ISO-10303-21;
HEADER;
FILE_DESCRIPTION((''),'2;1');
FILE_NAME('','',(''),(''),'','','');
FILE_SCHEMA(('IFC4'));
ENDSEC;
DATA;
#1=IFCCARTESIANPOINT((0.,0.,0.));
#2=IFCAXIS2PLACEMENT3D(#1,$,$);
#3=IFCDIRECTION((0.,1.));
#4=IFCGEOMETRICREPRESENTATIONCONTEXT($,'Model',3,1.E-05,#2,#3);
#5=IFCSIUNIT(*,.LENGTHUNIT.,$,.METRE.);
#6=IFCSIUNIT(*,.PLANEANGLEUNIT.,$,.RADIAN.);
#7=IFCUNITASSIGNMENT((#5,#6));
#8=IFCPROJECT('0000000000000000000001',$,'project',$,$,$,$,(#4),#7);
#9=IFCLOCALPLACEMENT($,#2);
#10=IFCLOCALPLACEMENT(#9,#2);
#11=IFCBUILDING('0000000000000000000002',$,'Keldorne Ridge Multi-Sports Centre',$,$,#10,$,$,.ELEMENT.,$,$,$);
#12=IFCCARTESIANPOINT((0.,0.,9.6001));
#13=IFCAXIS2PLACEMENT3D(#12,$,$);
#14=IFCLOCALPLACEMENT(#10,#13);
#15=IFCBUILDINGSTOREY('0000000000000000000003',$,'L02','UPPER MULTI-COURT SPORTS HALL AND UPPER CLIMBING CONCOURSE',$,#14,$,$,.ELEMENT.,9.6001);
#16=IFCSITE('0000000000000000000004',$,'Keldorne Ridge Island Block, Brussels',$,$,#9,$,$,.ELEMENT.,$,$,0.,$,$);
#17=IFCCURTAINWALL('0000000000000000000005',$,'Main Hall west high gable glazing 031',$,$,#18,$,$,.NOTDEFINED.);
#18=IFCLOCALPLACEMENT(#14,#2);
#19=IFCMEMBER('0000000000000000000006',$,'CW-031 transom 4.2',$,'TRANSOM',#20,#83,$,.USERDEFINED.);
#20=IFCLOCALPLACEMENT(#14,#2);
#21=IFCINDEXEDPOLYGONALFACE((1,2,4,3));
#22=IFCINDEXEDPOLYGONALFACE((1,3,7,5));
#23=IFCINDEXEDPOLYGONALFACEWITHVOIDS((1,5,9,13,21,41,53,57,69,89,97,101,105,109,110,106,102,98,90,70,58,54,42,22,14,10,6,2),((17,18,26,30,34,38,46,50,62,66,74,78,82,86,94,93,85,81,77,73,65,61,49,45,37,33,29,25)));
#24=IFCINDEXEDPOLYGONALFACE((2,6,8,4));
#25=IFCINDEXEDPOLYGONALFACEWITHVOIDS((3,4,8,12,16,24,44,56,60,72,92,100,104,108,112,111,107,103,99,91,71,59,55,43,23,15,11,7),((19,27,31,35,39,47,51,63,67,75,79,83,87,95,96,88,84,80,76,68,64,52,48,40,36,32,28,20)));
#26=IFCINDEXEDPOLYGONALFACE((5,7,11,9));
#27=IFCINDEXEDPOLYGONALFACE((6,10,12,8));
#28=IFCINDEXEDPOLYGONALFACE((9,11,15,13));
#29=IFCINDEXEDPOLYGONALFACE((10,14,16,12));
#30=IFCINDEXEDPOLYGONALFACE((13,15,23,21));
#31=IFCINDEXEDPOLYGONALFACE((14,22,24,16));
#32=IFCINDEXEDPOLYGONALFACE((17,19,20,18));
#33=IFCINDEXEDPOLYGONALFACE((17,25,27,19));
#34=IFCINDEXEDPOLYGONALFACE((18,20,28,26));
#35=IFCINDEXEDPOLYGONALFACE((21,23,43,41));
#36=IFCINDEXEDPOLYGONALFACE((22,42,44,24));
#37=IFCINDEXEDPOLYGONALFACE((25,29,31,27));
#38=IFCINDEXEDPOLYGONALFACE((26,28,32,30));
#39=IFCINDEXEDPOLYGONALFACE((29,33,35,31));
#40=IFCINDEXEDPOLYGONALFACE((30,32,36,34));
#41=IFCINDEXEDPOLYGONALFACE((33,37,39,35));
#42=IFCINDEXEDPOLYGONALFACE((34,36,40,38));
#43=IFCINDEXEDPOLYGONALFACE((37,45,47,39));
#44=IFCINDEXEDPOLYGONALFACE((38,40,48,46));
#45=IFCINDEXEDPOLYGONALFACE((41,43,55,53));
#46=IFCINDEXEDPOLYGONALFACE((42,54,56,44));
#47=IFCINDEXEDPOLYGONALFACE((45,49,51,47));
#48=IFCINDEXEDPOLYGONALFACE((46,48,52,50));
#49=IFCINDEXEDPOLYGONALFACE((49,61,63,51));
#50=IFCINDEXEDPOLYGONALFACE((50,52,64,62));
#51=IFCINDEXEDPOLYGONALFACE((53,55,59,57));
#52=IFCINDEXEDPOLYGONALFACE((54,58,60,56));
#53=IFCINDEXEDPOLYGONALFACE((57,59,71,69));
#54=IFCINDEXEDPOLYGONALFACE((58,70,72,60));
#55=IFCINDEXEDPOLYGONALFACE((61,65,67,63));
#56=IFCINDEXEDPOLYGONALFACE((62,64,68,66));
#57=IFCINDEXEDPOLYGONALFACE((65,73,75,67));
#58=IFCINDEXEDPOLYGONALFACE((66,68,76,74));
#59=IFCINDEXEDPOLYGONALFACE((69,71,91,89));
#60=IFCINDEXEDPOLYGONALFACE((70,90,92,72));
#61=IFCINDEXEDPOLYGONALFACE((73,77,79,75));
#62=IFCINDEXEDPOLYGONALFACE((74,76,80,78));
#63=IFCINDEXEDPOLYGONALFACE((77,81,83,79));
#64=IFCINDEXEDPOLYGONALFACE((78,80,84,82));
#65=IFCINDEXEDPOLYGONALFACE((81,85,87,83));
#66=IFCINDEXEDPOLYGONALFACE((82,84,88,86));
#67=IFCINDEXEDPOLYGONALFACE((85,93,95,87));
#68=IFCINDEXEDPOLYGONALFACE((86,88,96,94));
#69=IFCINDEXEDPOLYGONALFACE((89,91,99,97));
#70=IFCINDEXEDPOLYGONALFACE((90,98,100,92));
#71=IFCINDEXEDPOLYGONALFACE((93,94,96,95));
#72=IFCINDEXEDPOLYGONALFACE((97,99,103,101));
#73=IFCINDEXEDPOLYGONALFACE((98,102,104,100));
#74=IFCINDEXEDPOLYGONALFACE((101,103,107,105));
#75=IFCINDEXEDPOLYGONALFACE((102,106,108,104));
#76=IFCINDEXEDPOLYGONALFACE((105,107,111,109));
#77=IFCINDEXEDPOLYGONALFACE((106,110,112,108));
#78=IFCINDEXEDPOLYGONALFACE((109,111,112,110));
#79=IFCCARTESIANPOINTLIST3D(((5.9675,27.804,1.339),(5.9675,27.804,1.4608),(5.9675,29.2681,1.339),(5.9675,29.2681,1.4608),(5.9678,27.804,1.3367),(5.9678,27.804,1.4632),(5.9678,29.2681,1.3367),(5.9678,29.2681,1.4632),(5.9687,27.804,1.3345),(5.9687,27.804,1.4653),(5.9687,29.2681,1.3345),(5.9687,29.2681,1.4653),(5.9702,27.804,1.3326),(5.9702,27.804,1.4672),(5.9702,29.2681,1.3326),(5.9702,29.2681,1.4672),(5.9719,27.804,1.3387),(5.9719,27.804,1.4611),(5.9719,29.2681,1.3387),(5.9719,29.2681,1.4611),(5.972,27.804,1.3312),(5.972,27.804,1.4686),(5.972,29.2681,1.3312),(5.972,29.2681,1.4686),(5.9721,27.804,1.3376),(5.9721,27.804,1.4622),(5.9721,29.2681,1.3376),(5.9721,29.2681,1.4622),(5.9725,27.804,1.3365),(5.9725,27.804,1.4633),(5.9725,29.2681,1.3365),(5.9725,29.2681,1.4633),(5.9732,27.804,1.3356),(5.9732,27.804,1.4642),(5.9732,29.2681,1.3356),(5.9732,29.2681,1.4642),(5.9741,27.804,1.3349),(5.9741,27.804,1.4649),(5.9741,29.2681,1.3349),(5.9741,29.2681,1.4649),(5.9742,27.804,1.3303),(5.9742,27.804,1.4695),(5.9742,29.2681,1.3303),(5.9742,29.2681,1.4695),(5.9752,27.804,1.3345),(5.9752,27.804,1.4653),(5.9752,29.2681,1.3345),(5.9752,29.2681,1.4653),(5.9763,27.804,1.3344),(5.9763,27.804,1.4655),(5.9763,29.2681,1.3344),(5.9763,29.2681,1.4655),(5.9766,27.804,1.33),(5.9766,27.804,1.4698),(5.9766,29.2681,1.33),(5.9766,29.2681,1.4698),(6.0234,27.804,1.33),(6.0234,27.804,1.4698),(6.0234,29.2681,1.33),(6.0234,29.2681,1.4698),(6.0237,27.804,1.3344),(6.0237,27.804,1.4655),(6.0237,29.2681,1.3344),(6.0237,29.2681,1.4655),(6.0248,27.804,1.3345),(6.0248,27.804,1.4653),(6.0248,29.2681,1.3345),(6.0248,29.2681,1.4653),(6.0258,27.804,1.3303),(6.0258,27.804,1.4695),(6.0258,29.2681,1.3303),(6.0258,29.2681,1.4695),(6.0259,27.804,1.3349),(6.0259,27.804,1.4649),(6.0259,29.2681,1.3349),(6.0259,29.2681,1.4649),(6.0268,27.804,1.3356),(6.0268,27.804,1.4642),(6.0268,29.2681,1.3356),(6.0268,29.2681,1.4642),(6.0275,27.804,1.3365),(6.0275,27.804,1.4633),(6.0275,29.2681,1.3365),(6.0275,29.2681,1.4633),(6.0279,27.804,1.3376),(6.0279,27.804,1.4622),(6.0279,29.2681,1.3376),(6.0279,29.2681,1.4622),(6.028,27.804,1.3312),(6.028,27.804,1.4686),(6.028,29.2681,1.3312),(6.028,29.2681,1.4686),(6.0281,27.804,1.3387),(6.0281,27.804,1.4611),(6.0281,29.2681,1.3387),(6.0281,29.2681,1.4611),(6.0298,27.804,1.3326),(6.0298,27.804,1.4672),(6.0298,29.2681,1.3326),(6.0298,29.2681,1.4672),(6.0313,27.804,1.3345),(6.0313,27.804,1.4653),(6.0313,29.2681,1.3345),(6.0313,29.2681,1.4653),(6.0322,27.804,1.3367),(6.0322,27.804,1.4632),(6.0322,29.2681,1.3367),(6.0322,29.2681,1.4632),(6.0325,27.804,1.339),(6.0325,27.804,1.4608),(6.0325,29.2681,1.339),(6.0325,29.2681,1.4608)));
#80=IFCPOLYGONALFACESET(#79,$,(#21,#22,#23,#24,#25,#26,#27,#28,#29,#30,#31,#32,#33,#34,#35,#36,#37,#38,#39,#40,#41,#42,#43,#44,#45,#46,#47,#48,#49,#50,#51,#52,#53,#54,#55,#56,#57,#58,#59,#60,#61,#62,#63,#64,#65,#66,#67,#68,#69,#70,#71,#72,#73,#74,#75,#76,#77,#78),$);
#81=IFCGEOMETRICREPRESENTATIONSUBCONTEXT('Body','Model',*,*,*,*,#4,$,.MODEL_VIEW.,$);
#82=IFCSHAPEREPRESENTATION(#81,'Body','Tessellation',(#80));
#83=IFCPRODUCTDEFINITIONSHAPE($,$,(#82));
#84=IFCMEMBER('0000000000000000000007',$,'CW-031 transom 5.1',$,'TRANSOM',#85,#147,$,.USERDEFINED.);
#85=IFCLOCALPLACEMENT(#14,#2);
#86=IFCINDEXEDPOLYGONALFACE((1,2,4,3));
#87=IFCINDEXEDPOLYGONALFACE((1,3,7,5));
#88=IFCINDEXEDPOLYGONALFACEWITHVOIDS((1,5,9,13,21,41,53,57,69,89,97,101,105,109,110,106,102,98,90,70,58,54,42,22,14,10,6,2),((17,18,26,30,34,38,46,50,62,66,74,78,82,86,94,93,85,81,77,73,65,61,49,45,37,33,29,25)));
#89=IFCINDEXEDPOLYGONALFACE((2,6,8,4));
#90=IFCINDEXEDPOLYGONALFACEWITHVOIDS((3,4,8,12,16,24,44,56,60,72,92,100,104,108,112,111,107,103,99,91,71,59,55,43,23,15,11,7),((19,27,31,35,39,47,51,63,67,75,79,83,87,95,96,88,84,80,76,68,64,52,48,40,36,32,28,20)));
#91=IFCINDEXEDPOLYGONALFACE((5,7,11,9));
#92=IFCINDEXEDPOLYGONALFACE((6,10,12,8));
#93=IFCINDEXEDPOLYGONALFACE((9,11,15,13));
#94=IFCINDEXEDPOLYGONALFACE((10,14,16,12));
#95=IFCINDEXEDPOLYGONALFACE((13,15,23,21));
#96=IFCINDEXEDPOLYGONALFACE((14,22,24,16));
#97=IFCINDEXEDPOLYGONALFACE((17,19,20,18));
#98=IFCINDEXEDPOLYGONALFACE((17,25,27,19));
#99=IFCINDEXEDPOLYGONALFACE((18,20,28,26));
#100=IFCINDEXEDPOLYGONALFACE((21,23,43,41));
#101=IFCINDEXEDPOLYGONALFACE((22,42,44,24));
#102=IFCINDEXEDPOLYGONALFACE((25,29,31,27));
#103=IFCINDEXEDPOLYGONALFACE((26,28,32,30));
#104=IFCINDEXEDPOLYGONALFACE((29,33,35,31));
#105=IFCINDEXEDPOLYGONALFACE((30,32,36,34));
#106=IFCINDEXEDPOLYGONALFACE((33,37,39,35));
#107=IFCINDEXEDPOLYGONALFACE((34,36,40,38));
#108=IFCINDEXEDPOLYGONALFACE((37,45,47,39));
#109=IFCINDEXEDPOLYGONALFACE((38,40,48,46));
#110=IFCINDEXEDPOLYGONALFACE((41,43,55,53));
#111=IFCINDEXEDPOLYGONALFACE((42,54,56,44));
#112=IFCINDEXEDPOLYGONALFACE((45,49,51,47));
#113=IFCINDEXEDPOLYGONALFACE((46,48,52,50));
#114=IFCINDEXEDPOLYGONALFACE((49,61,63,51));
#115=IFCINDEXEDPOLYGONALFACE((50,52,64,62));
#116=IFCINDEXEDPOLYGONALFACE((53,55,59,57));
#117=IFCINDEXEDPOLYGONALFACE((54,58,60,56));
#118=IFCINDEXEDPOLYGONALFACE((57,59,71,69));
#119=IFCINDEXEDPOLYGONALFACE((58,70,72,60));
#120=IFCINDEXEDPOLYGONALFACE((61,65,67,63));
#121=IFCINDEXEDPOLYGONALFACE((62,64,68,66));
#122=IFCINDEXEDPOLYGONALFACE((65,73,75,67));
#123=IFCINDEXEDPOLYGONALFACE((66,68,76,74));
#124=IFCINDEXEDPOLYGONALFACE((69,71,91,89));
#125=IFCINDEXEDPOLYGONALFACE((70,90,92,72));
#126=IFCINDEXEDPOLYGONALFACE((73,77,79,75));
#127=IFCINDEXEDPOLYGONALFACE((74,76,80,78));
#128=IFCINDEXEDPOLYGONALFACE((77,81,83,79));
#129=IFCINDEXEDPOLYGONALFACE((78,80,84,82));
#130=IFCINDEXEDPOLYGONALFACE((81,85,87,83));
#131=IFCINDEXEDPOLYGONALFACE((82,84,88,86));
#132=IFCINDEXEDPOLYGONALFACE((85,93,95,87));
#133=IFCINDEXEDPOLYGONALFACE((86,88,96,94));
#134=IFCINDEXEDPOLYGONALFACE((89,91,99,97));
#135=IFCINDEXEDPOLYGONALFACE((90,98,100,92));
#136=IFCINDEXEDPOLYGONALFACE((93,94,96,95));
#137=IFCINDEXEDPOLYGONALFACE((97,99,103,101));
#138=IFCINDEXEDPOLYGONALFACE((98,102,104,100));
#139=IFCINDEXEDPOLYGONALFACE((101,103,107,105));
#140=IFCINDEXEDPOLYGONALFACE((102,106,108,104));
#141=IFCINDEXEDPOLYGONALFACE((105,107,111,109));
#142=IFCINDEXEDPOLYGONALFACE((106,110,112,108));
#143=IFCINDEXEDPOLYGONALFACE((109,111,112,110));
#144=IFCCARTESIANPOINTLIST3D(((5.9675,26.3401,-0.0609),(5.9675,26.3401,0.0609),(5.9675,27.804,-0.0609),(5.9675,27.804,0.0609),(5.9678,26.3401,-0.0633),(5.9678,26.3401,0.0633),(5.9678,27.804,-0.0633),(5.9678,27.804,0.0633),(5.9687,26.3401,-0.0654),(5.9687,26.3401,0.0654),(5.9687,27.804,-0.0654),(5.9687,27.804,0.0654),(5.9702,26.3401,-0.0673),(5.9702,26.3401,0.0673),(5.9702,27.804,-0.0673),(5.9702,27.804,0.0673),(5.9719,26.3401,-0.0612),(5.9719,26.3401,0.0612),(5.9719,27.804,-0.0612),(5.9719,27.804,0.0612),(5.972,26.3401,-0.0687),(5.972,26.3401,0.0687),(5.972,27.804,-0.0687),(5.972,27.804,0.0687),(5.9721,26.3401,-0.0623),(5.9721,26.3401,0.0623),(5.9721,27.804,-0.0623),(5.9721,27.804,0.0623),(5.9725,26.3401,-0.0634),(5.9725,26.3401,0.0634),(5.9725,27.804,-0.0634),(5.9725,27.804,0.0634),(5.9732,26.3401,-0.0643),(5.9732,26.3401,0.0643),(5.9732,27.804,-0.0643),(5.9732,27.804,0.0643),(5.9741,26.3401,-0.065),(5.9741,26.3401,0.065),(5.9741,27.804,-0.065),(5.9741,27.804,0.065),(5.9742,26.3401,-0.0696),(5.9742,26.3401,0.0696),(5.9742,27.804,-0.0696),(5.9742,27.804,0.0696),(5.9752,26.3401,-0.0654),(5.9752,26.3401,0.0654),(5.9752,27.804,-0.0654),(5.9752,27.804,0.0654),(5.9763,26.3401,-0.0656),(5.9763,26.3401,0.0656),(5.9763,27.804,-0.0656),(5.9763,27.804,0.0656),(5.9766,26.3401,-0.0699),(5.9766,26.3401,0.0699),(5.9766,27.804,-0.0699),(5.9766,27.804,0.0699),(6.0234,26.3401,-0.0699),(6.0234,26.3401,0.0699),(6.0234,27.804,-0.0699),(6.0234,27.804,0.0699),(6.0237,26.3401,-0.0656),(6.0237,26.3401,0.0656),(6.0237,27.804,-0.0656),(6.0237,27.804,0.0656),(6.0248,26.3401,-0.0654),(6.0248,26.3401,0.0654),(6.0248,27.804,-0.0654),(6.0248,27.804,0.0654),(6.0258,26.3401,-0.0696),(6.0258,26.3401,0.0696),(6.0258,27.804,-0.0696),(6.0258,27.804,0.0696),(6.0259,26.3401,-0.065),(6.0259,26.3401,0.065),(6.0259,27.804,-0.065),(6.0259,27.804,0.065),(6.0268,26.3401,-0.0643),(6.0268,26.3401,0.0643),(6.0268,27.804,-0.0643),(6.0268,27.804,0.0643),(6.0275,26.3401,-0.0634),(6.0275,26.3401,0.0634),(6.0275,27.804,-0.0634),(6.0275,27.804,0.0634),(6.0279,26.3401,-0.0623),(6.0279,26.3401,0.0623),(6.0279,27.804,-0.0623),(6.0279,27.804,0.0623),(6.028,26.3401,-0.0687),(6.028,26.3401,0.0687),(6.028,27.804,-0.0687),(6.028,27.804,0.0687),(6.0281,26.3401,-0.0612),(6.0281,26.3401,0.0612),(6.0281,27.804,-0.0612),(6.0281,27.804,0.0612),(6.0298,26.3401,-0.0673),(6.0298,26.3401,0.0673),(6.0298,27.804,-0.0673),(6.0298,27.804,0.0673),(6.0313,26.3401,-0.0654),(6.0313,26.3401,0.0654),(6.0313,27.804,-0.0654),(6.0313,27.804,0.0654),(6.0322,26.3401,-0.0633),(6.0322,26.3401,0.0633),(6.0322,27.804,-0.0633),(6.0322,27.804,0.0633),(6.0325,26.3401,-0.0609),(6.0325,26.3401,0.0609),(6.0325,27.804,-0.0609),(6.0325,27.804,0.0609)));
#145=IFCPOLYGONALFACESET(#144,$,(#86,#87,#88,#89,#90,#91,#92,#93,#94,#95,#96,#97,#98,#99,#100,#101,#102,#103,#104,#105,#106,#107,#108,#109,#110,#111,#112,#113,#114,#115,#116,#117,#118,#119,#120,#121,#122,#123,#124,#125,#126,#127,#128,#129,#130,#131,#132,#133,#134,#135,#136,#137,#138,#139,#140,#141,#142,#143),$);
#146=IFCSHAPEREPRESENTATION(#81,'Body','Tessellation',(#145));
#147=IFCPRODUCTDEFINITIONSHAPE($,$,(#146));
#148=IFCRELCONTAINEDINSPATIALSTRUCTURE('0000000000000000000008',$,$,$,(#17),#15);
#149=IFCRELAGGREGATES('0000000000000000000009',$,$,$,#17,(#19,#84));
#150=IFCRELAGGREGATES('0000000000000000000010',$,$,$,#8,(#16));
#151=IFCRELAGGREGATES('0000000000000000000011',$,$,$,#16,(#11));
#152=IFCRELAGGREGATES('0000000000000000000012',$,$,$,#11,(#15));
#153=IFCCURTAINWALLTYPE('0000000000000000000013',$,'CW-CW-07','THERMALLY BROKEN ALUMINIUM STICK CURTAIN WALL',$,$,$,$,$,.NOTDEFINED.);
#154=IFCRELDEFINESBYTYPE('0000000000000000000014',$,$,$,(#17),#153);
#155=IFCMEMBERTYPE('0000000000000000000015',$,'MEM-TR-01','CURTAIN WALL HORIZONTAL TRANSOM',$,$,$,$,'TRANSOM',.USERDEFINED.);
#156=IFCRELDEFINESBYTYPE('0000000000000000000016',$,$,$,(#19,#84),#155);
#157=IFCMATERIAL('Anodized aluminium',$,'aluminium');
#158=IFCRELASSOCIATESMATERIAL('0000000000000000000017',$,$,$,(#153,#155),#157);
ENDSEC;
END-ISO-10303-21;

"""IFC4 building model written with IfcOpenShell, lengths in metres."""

from ifc_helpers import new_model, si_unit, direction, frame, origin, origin_2d, place, context, subcontext, project, spatial, hollow_rectangle, extrude, material, material_profile, profile_set, type_object, element, aggregate, save


model = new_model("IFC4")

# Units and contexts
model_context = context("Model", 3, precision=1e-05, world=origin(), true_north=direction((0.0, 1.0)))
body_context = subcontext(model_context, "Body", "Model", "MODEL_VIEW")
ifc_project = project(units=[si_unit("LENGTHUNIT", "METRE"), si_unit("PLANEANGLEUNIT", "RADIAN")], contexts=[model_context])

# Site, building, storey
site_placement = place(None, origin())
site = spatial("IfcSite", under=ifc_project, at=site_placement, Name="Keldorne Ridge Island Block, Brussels", CompositionType="ELEMENT", RefElevation=0.0)
building_placement = place(site_placement, origin())
building = spatial("IfcBuilding", under=site, at=building_placement, Name="Keldorne Ridge Multi-Sports Centre", CompositionType="ELEMENT")
storey_placement = place(building_placement, frame((0.0, 0.0, 9.6001)))
storey = spatial("IfcBuildingStorey", under=building, at=storey_placement, Name="L02", Description="UPPER MULTI-COURT SPORTS HALL AND UPPER CLIMBING CONCOURSE", CompositionType="ELEMENT", Elevation=9.6001)

# Curtain wall
ifc_material_1 = material(Name="Anodized aluminium", Category="aluminium")
curtain_wall_type_1 = type_object("IfcCurtainWallType", Name="CW-CW-07", Description="THERMALLY BROKEN ALUMINIUM STICK CURTAIN WALL", PredefinedType="NOTDEFINED", material=ifc_material_1)
curtain_wall_1_placement = place(storey_placement, origin())
curtain_wall_1 = element("IfcCurtainWall", 1, at=curtain_wall_1_placement, inside=storey, type_object=curtain_wall_type_1, Name="Main Hall west high gable glazing 031", PredefinedType="NOTDEFINED")

# Members
ifc_material_profile_1 = material_profile(ifc_material_1, hollow_rectangle(XDim=0.0649, YDim=0.1399, WallThickness=0.0044, InnerFilletRadius=0.0044, OuterFilletRadius=0.009, at=origin_2d()), Name="ALU TRANSOM 140x65x4.5")
ifc_profile_set_1 = profile_set([ifc_material_profile_1], Name="Anodized aluminium")
member_type_1 = type_object("IfcMemberType", Name="MEM-TR-01", Description="CURTAIN WALL HORIZONTAL TRANSOM", ElementType="TRANSOM", PredefinedType="USERDEFINED", material=ifc_profile_set_1)
member_1_placement = place(storey_placement, frame((6.0, 29.2681, 1.3999), z_axis=(0.0, -1.0, 0.0), x_axis=(1.0, 0.0, 0.0)))
member_1 = element("IfcMember", 2, at=member_1_placement, type_object=member_type_1, Name="CW-031 transom 4.2", ObjectType="TRANSOM", PredefinedType="USERDEFINED", context=body_context, shape_type="SweptSolid", body=[
    extrude(hollow_rectangle(XDim=0.0649, YDim=0.1399, WallThickness=0.0044, InnerFilletRadius=0.0044, OuterFilletRadius=0.009, at=origin_2d()), origin(), (0.0, 0.0, 1.0), 1.4641),
])
member_2_placement = place(storey_placement, frame((6.0, 27.804, 0.0), z_axis=(0.0, -1.0, 0.0), x_axis=(1.0, 0.0, 0.0)))
member_2 = element("IfcMember", 3, at=member_2_placement, type_object=member_type_1, Name="CW-031 transom 5.1", ObjectType="TRANSOM", PredefinedType="USERDEFINED", context=body_context, shape_type="SweptSolid", body=[
    extrude(hollow_rectangle(XDim=0.0649, YDim=0.1399, WallThickness=0.0044, InnerFilletRadius=0.0044, OuterFilletRadius=0.009, at=origin_2d()), origin(), (0.0, 0.0, 1.0), 1.4639),
])

aggregate(curtain_wall_1, [member_1, member_2])

save(model, "model.ifc")
